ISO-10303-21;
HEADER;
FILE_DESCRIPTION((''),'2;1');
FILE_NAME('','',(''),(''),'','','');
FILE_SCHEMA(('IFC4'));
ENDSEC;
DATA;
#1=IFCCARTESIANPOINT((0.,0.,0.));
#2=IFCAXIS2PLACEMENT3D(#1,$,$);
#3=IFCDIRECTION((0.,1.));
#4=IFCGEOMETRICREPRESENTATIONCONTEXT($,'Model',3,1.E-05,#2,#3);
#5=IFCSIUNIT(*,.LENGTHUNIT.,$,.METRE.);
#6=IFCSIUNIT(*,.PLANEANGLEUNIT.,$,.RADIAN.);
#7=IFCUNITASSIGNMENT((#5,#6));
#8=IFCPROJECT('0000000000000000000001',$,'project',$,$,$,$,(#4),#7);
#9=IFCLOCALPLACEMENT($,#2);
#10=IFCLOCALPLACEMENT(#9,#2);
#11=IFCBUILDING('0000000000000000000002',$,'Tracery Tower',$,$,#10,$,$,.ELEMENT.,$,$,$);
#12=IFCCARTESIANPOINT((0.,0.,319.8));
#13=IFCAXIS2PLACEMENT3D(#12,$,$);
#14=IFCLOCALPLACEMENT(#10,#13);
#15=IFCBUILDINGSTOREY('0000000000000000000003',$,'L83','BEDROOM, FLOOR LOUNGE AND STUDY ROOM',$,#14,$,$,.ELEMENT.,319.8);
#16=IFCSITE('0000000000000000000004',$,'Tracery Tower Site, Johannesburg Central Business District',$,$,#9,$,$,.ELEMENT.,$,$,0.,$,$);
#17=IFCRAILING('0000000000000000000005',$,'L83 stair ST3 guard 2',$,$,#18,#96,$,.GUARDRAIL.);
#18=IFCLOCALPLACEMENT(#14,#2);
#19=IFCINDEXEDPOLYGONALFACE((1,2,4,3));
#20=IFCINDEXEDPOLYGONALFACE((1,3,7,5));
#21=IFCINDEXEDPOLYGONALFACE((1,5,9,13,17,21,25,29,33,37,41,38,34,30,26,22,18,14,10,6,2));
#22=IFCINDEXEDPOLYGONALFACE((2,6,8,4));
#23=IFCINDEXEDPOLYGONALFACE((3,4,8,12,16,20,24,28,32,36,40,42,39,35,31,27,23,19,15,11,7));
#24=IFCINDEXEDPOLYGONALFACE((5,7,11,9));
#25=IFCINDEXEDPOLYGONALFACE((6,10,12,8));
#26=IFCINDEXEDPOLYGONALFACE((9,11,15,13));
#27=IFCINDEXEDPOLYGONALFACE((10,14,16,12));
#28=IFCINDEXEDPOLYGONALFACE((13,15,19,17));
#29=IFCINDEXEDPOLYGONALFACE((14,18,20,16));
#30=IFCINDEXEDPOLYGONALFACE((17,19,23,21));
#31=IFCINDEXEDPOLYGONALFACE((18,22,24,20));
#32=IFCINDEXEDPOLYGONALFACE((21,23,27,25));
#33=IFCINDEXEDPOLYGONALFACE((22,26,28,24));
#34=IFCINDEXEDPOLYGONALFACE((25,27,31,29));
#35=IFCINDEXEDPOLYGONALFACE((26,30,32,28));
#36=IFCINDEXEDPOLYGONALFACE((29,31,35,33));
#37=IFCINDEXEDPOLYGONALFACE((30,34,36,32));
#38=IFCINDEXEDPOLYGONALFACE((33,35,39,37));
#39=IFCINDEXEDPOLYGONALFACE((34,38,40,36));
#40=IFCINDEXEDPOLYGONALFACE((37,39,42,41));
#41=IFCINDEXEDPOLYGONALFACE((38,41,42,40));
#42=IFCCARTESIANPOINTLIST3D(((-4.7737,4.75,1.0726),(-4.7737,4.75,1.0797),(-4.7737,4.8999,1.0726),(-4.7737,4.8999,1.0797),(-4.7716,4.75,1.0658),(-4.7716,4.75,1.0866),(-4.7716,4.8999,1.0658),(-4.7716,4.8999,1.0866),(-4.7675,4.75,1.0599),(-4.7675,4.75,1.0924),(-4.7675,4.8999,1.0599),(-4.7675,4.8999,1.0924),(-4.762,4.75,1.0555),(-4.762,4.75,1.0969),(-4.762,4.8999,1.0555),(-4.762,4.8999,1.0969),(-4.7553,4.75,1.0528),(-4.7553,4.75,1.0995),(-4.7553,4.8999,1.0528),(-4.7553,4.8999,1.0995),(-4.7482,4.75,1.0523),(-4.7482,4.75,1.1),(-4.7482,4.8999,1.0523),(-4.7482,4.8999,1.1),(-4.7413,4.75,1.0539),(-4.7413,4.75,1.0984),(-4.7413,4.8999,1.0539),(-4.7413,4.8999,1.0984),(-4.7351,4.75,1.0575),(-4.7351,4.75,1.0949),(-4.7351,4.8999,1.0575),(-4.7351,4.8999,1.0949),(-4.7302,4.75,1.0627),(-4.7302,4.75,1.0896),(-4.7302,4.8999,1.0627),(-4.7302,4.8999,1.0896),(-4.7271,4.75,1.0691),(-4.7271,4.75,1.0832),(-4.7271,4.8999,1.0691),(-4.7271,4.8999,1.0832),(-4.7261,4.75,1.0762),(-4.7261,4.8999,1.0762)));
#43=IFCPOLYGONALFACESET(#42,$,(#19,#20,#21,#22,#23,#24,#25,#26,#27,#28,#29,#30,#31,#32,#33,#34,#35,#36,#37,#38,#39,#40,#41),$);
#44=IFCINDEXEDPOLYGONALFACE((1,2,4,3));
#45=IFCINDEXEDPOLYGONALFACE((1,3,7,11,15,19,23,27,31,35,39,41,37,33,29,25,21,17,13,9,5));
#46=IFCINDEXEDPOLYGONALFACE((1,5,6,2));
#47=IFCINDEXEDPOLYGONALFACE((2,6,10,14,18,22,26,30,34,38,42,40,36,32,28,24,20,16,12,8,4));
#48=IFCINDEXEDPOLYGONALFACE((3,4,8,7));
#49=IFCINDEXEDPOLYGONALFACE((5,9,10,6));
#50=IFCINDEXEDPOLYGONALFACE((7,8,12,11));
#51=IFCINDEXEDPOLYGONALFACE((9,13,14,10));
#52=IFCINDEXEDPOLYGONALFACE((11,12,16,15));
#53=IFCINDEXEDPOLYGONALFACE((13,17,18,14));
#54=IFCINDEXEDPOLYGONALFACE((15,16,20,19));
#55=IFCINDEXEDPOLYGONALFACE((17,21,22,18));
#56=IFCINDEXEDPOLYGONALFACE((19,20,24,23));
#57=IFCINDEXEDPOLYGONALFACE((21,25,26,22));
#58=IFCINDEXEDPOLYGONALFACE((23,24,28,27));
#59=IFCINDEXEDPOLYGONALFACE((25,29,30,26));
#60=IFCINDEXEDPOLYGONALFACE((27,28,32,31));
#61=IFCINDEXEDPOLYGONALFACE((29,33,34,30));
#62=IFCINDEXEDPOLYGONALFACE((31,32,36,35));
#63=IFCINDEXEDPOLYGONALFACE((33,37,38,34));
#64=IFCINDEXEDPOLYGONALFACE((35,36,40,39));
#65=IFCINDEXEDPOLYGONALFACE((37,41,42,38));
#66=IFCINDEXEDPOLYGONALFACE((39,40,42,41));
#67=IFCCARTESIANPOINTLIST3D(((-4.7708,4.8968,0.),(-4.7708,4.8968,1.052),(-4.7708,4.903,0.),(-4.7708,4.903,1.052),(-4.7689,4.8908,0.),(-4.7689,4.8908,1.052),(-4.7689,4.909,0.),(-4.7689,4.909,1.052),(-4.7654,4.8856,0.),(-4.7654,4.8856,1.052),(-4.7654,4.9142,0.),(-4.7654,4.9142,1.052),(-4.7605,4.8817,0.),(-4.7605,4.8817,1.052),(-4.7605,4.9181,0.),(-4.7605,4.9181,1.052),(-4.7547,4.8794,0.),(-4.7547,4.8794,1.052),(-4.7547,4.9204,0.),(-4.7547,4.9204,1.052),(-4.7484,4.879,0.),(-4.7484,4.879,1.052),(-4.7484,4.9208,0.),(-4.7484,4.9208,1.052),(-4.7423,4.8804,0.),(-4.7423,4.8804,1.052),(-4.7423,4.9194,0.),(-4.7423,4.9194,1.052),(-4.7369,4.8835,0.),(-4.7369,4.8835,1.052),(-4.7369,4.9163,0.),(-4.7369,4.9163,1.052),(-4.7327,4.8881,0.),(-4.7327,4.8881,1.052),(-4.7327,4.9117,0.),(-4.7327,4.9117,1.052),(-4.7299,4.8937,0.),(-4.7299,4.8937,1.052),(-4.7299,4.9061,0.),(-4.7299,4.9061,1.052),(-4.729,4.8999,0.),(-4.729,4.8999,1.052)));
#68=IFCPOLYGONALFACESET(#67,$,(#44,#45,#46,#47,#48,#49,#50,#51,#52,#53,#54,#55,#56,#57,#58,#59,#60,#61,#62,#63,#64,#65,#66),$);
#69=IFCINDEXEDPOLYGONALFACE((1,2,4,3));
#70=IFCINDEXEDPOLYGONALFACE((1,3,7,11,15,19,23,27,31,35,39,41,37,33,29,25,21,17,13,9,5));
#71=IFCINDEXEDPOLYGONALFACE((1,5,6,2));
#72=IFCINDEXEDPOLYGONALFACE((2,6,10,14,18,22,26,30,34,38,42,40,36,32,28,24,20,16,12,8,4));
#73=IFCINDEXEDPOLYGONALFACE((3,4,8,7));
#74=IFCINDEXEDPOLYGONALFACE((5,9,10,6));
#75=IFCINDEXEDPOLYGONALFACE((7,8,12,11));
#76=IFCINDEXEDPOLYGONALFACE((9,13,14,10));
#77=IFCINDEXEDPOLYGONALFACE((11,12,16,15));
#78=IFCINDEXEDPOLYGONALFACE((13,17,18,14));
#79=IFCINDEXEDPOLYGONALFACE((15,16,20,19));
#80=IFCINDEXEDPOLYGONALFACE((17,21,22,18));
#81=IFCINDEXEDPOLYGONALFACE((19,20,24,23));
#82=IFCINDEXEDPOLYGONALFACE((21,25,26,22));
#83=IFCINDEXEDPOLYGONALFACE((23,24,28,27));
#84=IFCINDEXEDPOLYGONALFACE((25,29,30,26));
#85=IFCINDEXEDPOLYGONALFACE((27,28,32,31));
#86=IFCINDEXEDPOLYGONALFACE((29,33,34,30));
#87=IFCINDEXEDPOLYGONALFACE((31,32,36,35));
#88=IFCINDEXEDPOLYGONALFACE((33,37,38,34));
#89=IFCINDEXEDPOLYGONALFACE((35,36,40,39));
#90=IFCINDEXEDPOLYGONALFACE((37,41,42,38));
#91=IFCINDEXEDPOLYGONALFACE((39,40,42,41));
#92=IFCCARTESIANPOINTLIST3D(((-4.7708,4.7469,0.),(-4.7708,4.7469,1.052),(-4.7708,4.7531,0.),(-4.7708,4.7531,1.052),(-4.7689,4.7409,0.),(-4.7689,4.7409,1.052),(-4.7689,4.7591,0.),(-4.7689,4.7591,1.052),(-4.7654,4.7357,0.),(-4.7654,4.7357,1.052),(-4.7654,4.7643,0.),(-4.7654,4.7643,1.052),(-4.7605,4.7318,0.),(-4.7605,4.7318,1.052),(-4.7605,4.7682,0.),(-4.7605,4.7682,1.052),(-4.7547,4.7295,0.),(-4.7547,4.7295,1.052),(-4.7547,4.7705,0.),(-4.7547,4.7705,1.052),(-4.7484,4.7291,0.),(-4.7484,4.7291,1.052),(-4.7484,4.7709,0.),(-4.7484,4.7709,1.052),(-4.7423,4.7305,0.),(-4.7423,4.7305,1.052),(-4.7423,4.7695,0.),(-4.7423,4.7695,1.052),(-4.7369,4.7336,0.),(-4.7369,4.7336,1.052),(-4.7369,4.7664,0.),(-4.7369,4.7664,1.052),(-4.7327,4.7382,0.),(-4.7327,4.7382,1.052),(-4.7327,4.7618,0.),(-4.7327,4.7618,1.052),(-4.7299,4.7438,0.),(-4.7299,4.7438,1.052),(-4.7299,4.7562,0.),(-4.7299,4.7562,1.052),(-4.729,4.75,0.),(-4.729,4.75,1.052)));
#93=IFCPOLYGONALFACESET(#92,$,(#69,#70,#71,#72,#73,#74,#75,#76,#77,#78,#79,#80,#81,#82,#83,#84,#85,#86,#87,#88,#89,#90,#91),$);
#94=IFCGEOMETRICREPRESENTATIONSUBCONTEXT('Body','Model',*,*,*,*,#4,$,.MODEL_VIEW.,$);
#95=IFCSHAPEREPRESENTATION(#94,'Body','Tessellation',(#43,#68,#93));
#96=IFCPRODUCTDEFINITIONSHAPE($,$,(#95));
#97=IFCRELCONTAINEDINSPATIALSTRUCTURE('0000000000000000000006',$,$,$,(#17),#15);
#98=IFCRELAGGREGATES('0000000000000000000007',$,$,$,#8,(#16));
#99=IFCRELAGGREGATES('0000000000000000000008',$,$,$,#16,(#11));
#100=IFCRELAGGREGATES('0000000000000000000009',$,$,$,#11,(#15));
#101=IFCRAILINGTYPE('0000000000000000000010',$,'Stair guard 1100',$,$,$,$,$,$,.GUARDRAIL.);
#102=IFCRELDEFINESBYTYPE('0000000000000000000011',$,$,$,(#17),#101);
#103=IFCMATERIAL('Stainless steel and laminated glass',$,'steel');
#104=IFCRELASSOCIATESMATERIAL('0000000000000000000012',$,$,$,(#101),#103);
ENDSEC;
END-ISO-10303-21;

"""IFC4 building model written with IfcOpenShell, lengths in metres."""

from ifc_helpers import new_model, si_unit, direction, frame, origin, origin_2d, place, context, subcontext, project, spatial, circle, extrude, material, type_object, element, save


model = new_model("IFC4")

# Units and contexts
model_context = context("Model", 3, precision=1e-05, world=origin(), true_north=direction((0.0, 1.0)))
body_context = subcontext(model_context, "Body", "Model", "MODEL_VIEW")
ifc_project = project(units=[si_unit("LENGTHUNIT", "METRE"), si_unit("PLANEANGLEUNIT", "RADIAN")], contexts=[model_context])

# Site, building, storey
site_placement = place(None, origin())
site = spatial("IfcSite", under=ifc_project, at=site_placement, Name="Tracery Tower Site, Johannesburg Central Business District", CompositionType="ELEMENT", RefElevation=0.0)
building_placement = place(site_placement, origin())
building = spatial("IfcBuilding", under=site, at=building_placement, Name="Tracery Tower", CompositionType="ELEMENT")
storey_placement = place(building_placement, frame((0.0, 0.0, 319.8)))
storey = spatial("IfcBuildingStorey", under=building, at=storey_placement, Name="L83", Description="BEDROOM, FLOOR LOUNGE AND STUDY ROOM", CompositionType="ELEMENT", Elevation=319.8)

# Railing
ifc_material_1 = material(Name="Stainless steel and laminated glass", Category="steel")
railing_type_1 = type_object("IfcRailingType", Name="Stair guard 1100", PredefinedType="GUARDRAIL", material=ifc_material_1)
railing_1_placement = place(storey_placement, frame((-4.75, 4.8999, 0.0)))
element("IfcRailing", 1, at=railing_1_placement, inside=storey, type_object=railing_type_1, Name="L83 stair ST3 guard 2", PredefinedType="GUARDRAIL", context=body_context, shape_type="SweptSolid", body=[
    extrude(circle(Radius=0.0239, at=origin_2d()), frame((0.0, 0.0, 1.0762), z_axis=(0.0, -1.0, 0.0), x_axis=(1.0, 0.0, 0.0)), (0.0, 0.0, 1.0), 0.1499),
    extrude(circle(Radius=0.021, at=origin_2d()), origin(), (0.0, 0.0, 1.0), 1.052),
    extrude(circle(Radius=0.021, at=origin_2d()), frame((0.0, -0.1499, 0.0)), (0.0, 0.0, 1.0), 1.052),
])

save(model, "model.ifc")
